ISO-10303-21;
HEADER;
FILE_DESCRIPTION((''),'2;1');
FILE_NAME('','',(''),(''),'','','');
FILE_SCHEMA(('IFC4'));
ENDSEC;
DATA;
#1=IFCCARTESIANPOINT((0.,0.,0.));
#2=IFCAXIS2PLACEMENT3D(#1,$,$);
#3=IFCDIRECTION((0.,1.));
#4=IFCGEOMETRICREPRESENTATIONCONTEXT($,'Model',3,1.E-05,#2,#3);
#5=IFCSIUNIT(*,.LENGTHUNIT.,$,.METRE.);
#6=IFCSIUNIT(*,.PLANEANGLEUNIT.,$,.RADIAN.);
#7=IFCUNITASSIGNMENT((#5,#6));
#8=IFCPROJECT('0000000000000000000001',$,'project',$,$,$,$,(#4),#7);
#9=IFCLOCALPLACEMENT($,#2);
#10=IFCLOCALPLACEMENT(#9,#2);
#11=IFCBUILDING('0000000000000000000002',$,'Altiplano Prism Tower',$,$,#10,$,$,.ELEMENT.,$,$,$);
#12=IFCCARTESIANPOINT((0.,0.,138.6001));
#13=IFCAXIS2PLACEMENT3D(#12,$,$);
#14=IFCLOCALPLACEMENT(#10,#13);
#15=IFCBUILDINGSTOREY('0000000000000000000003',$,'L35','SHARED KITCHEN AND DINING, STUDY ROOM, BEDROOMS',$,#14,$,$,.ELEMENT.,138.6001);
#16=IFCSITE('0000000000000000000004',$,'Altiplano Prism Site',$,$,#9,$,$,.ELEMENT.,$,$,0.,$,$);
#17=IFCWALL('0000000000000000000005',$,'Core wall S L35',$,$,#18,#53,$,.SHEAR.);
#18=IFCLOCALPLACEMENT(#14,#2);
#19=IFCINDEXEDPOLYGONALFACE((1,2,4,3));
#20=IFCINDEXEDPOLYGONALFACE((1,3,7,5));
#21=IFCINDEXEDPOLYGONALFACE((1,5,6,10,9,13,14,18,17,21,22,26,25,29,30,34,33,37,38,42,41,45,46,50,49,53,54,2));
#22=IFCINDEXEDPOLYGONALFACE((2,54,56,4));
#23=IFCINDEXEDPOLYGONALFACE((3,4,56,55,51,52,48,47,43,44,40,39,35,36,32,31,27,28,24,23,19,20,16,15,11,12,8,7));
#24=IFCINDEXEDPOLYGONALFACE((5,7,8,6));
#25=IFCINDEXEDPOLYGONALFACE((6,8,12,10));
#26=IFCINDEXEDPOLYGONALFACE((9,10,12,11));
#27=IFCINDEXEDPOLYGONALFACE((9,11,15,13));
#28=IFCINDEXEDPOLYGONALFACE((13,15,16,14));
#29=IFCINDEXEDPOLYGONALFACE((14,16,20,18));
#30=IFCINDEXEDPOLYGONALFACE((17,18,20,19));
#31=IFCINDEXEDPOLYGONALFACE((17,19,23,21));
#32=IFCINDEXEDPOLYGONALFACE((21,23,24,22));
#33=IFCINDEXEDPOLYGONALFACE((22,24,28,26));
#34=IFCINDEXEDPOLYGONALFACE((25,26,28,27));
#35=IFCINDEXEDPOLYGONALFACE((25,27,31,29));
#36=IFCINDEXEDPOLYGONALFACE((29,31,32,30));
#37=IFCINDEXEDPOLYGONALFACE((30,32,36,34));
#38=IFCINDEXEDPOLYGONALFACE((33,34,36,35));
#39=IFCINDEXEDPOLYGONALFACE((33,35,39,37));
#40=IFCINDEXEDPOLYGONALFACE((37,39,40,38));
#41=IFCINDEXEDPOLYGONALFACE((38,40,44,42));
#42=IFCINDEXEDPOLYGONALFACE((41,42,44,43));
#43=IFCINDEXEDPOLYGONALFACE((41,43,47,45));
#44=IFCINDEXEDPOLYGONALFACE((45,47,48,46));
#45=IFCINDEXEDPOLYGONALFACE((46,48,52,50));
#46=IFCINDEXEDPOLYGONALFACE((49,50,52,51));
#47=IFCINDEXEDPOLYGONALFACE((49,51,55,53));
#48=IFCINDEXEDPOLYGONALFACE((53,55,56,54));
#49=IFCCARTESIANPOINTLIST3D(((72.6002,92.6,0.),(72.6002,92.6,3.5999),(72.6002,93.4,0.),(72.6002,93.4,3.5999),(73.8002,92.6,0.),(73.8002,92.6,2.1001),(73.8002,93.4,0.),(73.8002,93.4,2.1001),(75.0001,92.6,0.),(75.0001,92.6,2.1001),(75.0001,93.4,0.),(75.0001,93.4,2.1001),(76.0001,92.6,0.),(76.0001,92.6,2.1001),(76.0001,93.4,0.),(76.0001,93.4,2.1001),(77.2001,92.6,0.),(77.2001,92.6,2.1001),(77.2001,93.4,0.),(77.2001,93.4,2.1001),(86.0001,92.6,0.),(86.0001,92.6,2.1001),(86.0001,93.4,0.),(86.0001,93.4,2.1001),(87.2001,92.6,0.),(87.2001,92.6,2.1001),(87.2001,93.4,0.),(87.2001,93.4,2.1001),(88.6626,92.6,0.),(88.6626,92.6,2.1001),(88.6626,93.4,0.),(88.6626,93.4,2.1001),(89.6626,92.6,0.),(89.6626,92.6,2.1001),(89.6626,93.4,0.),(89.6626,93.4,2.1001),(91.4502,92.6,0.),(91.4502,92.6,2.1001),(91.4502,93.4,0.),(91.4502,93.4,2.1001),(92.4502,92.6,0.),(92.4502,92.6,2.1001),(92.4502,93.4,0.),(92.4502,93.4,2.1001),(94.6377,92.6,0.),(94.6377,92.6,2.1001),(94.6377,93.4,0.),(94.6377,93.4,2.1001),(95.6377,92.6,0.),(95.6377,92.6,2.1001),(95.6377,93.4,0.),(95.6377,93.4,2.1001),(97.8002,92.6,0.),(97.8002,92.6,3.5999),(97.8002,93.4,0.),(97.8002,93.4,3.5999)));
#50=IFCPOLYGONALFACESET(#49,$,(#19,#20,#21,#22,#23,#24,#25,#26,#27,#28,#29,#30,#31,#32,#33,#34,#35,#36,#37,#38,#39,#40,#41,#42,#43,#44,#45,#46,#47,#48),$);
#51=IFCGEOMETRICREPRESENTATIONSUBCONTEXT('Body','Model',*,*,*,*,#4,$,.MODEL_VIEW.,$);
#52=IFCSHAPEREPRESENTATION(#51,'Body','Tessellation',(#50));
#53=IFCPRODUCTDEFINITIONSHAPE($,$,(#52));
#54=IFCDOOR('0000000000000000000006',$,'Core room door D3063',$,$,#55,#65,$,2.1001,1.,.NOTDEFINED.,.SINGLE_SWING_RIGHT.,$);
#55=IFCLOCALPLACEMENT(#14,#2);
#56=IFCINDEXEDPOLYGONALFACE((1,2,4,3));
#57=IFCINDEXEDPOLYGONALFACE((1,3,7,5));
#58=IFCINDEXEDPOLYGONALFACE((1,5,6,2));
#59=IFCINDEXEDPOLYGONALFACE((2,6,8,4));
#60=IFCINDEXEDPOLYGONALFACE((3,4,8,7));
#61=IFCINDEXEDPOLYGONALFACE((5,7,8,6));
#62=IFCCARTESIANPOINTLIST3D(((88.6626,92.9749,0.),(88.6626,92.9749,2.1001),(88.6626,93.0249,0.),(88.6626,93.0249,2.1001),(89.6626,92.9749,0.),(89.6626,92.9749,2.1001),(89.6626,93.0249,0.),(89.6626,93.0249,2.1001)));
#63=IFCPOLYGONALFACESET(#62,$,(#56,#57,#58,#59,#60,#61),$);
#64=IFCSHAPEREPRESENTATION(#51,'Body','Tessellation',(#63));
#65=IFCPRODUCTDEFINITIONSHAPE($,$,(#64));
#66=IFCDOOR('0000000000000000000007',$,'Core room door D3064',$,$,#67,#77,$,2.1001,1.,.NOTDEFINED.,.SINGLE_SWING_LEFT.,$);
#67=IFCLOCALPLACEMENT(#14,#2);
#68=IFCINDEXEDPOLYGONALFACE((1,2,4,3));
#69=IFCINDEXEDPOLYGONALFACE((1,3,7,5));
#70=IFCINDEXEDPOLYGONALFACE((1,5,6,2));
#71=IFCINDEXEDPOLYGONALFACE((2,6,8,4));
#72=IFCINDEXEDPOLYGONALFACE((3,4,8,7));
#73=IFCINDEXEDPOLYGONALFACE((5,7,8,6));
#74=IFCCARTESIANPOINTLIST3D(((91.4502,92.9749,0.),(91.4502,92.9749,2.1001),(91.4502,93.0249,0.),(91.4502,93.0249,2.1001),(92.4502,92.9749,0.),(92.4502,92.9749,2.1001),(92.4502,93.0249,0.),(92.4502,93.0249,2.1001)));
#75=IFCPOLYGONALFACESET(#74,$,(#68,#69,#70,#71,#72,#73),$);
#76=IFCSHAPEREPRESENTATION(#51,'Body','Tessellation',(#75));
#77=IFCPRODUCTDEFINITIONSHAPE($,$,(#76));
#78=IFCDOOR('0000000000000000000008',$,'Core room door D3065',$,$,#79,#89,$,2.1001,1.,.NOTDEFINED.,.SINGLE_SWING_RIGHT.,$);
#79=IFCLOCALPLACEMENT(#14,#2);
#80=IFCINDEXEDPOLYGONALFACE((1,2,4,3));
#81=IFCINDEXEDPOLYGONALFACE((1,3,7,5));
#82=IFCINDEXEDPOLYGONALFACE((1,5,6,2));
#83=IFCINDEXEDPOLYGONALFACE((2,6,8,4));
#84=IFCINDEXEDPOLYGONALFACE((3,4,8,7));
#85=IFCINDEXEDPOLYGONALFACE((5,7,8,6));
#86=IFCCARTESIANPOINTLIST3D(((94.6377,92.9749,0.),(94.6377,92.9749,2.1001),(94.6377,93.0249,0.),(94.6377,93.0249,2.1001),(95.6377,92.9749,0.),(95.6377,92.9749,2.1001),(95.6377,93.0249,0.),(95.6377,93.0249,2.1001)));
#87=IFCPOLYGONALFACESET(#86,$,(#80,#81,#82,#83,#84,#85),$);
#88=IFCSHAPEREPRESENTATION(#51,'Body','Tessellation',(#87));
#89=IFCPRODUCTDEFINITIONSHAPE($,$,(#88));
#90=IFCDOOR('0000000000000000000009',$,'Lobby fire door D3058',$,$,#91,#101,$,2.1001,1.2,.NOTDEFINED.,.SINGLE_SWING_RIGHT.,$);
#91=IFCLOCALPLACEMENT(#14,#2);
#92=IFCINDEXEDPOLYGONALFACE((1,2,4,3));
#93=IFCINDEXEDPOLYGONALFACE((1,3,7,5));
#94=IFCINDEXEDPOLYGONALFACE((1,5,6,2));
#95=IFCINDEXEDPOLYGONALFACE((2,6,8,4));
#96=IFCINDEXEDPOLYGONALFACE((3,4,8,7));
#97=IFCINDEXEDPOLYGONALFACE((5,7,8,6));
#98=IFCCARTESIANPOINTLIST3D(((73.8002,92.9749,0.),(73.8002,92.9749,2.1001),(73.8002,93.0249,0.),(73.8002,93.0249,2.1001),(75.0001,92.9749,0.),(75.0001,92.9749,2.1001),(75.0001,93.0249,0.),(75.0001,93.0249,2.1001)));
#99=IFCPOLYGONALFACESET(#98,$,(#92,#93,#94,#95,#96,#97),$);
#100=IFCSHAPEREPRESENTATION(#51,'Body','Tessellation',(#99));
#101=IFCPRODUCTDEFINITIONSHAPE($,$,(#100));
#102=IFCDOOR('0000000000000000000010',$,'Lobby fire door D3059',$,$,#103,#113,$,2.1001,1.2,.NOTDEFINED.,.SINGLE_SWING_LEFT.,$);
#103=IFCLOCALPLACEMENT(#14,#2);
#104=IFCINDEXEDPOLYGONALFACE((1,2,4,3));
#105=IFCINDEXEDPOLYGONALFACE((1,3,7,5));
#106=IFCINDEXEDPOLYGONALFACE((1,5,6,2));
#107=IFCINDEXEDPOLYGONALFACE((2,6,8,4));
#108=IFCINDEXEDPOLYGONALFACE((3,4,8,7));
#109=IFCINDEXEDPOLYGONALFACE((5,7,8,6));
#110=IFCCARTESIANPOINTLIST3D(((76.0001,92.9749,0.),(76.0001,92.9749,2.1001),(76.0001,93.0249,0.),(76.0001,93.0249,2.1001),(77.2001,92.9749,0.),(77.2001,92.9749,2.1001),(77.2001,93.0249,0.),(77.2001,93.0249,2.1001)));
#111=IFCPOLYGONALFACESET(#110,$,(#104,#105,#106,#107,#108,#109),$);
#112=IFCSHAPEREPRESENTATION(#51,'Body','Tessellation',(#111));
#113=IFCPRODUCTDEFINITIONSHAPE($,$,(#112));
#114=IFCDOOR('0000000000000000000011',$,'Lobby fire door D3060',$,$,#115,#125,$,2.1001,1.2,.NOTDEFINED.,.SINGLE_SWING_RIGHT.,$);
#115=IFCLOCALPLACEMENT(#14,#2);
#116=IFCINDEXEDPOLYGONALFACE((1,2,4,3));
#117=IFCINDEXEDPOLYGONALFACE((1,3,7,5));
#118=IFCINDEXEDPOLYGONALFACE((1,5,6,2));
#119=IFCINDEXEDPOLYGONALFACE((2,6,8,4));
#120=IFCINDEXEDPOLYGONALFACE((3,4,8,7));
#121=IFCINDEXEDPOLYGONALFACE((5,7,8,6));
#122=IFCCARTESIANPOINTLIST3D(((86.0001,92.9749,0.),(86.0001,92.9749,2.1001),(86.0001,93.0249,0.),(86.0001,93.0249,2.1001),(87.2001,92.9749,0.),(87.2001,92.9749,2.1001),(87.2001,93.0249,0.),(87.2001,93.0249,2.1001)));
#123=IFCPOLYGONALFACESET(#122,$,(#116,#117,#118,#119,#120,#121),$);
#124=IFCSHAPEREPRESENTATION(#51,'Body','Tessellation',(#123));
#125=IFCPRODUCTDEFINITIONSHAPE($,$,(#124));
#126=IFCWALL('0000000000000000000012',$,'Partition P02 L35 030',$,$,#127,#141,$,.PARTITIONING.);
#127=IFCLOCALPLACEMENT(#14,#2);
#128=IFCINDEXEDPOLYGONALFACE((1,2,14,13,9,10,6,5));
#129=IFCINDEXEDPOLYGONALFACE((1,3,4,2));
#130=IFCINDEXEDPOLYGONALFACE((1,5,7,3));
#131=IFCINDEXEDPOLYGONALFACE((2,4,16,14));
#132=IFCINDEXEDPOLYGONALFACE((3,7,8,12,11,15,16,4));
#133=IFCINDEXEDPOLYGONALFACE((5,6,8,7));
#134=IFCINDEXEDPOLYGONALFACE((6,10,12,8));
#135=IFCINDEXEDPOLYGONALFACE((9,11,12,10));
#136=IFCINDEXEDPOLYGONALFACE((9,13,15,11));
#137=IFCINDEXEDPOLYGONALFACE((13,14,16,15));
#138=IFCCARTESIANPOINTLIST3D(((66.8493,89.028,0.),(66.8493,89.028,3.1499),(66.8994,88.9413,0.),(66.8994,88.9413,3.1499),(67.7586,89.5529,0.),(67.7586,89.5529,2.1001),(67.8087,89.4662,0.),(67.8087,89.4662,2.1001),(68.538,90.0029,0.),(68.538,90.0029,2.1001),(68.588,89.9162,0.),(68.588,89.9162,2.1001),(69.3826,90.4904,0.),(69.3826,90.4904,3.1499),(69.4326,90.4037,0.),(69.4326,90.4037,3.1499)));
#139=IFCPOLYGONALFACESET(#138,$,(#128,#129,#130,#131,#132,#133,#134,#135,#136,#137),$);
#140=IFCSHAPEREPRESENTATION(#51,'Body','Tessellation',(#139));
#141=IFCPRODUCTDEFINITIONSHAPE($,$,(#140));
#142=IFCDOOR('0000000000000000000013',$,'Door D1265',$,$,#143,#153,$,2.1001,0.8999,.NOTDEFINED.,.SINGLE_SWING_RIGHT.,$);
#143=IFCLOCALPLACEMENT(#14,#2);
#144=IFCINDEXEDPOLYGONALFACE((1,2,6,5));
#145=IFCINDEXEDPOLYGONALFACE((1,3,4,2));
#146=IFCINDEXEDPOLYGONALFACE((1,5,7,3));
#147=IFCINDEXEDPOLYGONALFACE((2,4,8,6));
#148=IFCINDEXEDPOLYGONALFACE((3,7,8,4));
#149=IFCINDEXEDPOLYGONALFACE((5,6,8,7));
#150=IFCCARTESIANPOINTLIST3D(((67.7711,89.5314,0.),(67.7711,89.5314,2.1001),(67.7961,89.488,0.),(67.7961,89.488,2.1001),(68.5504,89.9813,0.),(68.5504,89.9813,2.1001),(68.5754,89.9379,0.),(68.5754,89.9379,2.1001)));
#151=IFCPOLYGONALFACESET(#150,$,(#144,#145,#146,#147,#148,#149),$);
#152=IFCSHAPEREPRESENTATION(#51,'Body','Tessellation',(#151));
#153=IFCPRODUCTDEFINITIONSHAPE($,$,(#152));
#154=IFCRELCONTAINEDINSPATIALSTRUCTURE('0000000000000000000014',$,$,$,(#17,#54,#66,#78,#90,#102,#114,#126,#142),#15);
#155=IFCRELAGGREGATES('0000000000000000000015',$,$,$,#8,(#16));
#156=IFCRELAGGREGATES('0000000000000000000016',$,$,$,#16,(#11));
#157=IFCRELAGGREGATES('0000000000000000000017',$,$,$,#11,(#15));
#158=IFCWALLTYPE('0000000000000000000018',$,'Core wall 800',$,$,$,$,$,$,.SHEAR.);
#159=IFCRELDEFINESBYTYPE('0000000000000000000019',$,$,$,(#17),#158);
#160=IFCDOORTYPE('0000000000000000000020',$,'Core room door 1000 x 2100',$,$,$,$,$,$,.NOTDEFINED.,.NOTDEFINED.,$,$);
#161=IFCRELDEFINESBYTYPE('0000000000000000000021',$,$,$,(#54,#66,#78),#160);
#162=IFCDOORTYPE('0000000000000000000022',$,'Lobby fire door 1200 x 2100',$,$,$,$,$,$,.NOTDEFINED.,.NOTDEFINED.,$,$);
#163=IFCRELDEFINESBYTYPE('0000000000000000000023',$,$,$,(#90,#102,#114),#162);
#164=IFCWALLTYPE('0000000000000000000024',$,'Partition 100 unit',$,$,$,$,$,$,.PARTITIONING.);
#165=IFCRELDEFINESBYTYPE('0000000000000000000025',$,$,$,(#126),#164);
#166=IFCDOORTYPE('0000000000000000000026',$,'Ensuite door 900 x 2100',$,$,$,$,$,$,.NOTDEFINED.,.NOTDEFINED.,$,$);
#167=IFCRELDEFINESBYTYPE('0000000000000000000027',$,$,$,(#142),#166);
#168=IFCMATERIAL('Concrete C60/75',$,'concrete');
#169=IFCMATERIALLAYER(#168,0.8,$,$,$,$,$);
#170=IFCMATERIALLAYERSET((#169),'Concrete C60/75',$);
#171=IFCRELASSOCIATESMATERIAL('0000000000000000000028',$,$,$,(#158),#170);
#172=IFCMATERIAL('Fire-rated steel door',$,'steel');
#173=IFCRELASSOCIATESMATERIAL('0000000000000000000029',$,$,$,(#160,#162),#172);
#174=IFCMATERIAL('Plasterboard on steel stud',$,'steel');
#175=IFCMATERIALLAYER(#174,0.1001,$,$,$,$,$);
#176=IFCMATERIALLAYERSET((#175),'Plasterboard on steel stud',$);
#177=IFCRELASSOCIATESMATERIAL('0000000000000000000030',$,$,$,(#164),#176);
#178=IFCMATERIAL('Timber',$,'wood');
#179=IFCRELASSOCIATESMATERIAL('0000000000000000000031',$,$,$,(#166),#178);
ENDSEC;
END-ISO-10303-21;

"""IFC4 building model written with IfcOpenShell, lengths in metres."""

from ifc_helpers import new_model, si_unit, direction, frame, frame_2d, origin, place, context, subcontext, project, spatial, rectangle, extrude, material, layer, layer_set, type_object, element, fill, save


model = new_model("IFC4")

# Units and contexts
model_context = context("Model", 3, precision=1e-05, world=origin(), true_north=direction((0.0, 1.0)))
body_context = subcontext(model_context, "Body", "Model", "MODEL_VIEW")
ifc_project = project(units=[si_unit("LENGTHUNIT", "METRE"), si_unit("PLANEANGLEUNIT", "RADIAN")], contexts=[model_context])

# Site, building, storey
site_placement = place(None, origin())
site = spatial("IfcSite", under=ifc_project, at=site_placement, Name="Altiplano Prism Site", CompositionType="ELEMENT", RefElevation=0.0)
building_placement = place(site_placement, origin())
building = spatial("IfcBuilding", under=site, at=building_placement, Name="Altiplano Prism Tower", CompositionType="ELEMENT")
storey_placement = place(building_placement, frame((0.0, 0.0, 138.6001)))
storey = spatial("IfcBuildingStorey", under=building, at=storey_placement, Name="L35", Description="SHARED KITCHEN AND DINING, STUDY ROOM, BEDROOMS", CompositionType="ELEMENT", Elevation=138.6001)

# Shared definitions
ifc_material_1 = material(Name="Concrete C60/75", Category="concrete")

# Wall, openings, doors
ifc_layer_1 = layer(ifc_material_1, 0.8)
ifc_layer_set_1 = layer_set([ifc_layer_1], Name="Concrete C60/75")
wall_type_1 = type_object("IfcWallType", Name="Core wall 800", PredefinedType="SHEAR", material=ifc_layer_set_1)
wall_1_placement = place(storey_placement, frame((72.6001, 93.0, 0.0), z_axis=(0.0, 0.0, 1.0), x_axis=(1.0, 0.0, 0.0)))
wall_1 = element("IfcWall", 1, at=wall_1_placement, inside=storey, type_object=wall_type_1, Name="Core wall S L35", PredefinedType="SHEAR", context=body_context, shape_type="SweptSolid", body=[
    extrude(rectangle(XDim=25.2, YDim=0.8, at=frame_2d((12.6001, 0.0))), origin(), (0.0, 0.0, 1.0), 3.5999),
])
opening_1_placement = place(wall_1_placement, frame((1.2, 0.0, 0.0)))
opening_1 = element("IfcOpeningElement", 2, at=opening_1_placement, cuts=wall_1, PredefinedType="OPENING", context=body_context, shape_type="SweptSolid", body=[
    extrude(rectangle(XDim=1.2, YDim=2.1001, at=frame_2d((0.6001, 1.05))), frame((0.0, 0.4106, 0.0), z_axis=(0.0, -1.0, 0.0), x_axis=(1.0, 0.0, 0.0)), (0.0, 0.0, 1.0), 0.821),
])
opening_2_placement = place(wall_1_placement, frame((3.3999, 0.0, 0.0)))
opening_2 = element("IfcOpeningElement", 3, at=opening_2_placement, cuts=wall_1, PredefinedType="OPENING", context=body_context, shape_type="SweptSolid", body=[
    extrude(rectangle(XDim=1.2, YDim=2.1001, at=frame_2d((0.6001, 1.05))), frame((0.0, 0.4106, 0.0), z_axis=(0.0, -1.0, 0.0), x_axis=(1.0, 0.0, 0.0)), (0.0, 0.0, 1.0), 0.821),
])
opening_3_placement = place(wall_1_placement, frame((13.3999, 0.0, 0.0)))
opening_3 = element("IfcOpeningElement", 4, at=opening_3_placement, cuts=wall_1, PredefinedType="OPENING", context=body_context, shape_type="SweptSolid", body=[
    extrude(rectangle(XDim=1.2, YDim=2.1001, at=frame_2d((0.6001, 1.05))), frame((0.0, 0.4106, 0.0), z_axis=(0.0, -1.0, 0.0), x_axis=(1.0, 0.0, 0.0)), (0.0, 0.0, 1.0), 0.821),
])
opening_4_placement = place(wall_1_placement, frame((16.0625, 0.0, 0.0)))
opening_4 = element("IfcOpeningElement", 5, at=opening_4_placement, cuts=wall_1, PredefinedType="OPENING", context=body_context, shape_type="SweptSolid", body=[
    extrude(rectangle(XDim=1.0, YDim=2.1001, at=frame_2d((0.5, 1.05))), frame((0.0, 0.4106, 0.0), z_axis=(0.0, -1.0, 0.0), x_axis=(1.0, 0.0, 0.0)), (0.0, 0.0, 1.0), 0.821),
])
opening_5_placement = place(wall_1_placement, frame((18.8501, 0.0, 0.0)))
opening_5 = element("IfcOpeningElement", 6, at=opening_5_placement, cuts=wall_1, PredefinedType="OPENING", context=body_context, shape_type="SweptSolid", body=[
    extrude(rectangle(XDim=1.0, YDim=2.1001, at=frame_2d((0.5, 1.05))), frame((0.0, 0.4106, 0.0), z_axis=(0.0, -1.0, 0.0), x_axis=(1.0, 0.0, 0.0)), (0.0, 0.0, 1.0), 0.821),
])
opening_6_placement = place(wall_1_placement, frame((22.0376, 0.0, 0.0)))
opening_6 = element("IfcOpeningElement", 7, at=opening_6_placement, cuts=wall_1, PredefinedType="OPENING", context=body_context, shape_type="SweptSolid", body=[
    extrude(rectangle(XDim=1.0, YDim=2.1001, at=frame_2d((0.5, 1.05))), frame((0.0, 0.4106, 0.0), z_axis=(0.0, -1.0, 0.0), x_axis=(1.0, 0.0, 0.0)), (0.0, 0.0, 1.0), 0.821),
])
ifc_material_2 = material(Name="Fire-rated steel door", Category="steel")
door_type_1 = type_object("IfcDoorType", Name="Core room door 1000 x 2100", OperationType="NOTDEFINED", PredefinedType="NOTDEFINED", material=ifc_material_2)
door_1_placement = place(opening_4_placement, origin())
door_1 = element("IfcDoor", 8, at=door_1_placement, inside=storey, type_object=door_type_1, Name="Core room door D3063", OperationType="SINGLE_SWING_RIGHT", OverallHeight=2.1001, OverallWidth=1.0, PredefinedType="NOTDEFINED", context=body_context, shape_type="SweptSolid", body=[
    extrude(rectangle(XDim=1.0, YDim=2.1001, at=frame_2d((0.5, 1.05))), frame((0.0, 0.0249, 0.0), z_axis=(0.0, -1.0, 0.0), x_axis=(1.0, 0.0, 0.0)), (0.0, 0.0, 1.0), 0.05),
])
fill(opening_4, door_1)
door_2_placement = place(opening_5_placement, origin())
door_2 = element("IfcDoor", 9, at=door_2_placement, inside=storey, type_object=door_type_1, Name="Core room door D3064", OperationType="SINGLE_SWING_LEFT", OverallHeight=2.1001, OverallWidth=1.0, PredefinedType="NOTDEFINED", context=body_context, shape_type="SweptSolid", body=[
    extrude(rectangle(XDim=1.0, YDim=2.1001, at=frame_2d((0.5, 1.05))), frame((0.0, 0.0249, 0.0), z_axis=(0.0, -1.0, 0.0), x_axis=(1.0, 0.0, 0.0)), (0.0, 0.0, 1.0), 0.05),
])
fill(opening_5, door_2)
door_3_placement = place(opening_6_placement, origin())
door_3 = element("IfcDoor", 10, at=door_3_placement, inside=storey, type_object=door_type_1, Name="Core room door D3065", OperationType="SINGLE_SWING_RIGHT", OverallHeight=2.1001, OverallWidth=1.0, PredefinedType="NOTDEFINED", context=body_context, shape_type="SweptSolid", body=[
    extrude(rectangle(XDim=1.0, YDim=2.1001, at=frame_2d((0.5, 1.05))), frame((0.0, 0.0249, 0.0), z_axis=(0.0, -1.0, 0.0), x_axis=(1.0, 0.0, 0.0)), (0.0, 0.0, 1.0), 0.05),
])
fill(opening_6, door_3)
door_type_2 = type_object("IfcDoorType", Name="Lobby fire door 1200 x 2100", OperationType="NOTDEFINED", PredefinedType="NOTDEFINED", material=ifc_material_2)
door_4_placement = place(opening_1_placement, origin())
door_4 = element("IfcDoor", 11, at=door_4_placement, inside=storey, type_object=door_type_2, Name="Lobby fire door D3058", OperationType="SINGLE_SWING_RIGHT", OverallHeight=2.1001, OverallWidth=1.2, PredefinedType="NOTDEFINED", context=body_context, shape_type="SweptSolid", body=[
    extrude(rectangle(XDim=1.2, YDim=2.1001, at=frame_2d((0.6001, 1.05))), frame((0.0, 0.0249, 0.0), z_axis=(0.0, -1.0, 0.0), x_axis=(1.0, 0.0, 0.0)), (0.0, 0.0, 1.0), 0.05),
])
fill(opening_1, door_4)
door_5_placement = place(opening_2_placement, origin())
door_5 = element("IfcDoor", 12, at=door_5_placement, inside=storey, type_object=door_type_2, Name="Lobby fire door D3059", OperationType="SINGLE_SWING_LEFT", OverallHeight=2.1001, OverallWidth=1.2, PredefinedType="NOTDEFINED", context=body_context, shape_type="SweptSolid", body=[
    extrude(rectangle(XDim=1.2, YDim=2.1001, at=frame_2d((0.6001, 1.05))), frame((0.0, 0.0249, 0.0), z_axis=(0.0, -1.0, 0.0), x_axis=(1.0, 0.0, 0.0)), (0.0, 0.0, 1.0), 0.05),
])
fill(opening_2, door_5)
door_6_placement = place(opening_3_placement, origin())
door_6 = element("IfcDoor", 13, at=door_6_placement, inside=storey, type_object=door_type_2, Name="Lobby fire door D3060", OperationType="SINGLE_SWING_RIGHT", OverallHeight=2.1001, OverallWidth=1.2, PredefinedType="NOTDEFINED", context=body_context, shape_type="SweptSolid", body=[
    extrude(rectangle(XDim=1.2, YDim=2.1001, at=frame_2d((0.6001, 1.05))), frame((0.0, 0.0249, 0.0), z_axis=(0.0, -1.0, 0.0), x_axis=(1.0, 0.0, 0.0)), (0.0, 0.0, 1.0), 0.05),
])
fill(opening_3, door_6)

# Wall, opening, door
ifc_material_3 = material(Name="Plasterboard on steel stud", Category="steel")
ifc_layer_2 = layer(ifc_material_3, 0.1001)
ifc_layer_set_2 = layer_set([ifc_layer_2], Name="Plasterboard on steel stud")
wall_type_2 = type_object("IfcWallType", Name="Partition 100 unit", PredefinedType="PARTITIONING", material=ifc_layer_set_2)
wall_2_placement = place(storey_placement, frame((69.4075, 90.447, 0.0), z_axis=(0.0, 0.0, 1.0), x_axis=(-0.866047, -0.499963, 0.0)))
wall_2 = element("IfcWall", 14, at=wall_2_placement, inside=storey, type_object=wall_type_2, Name="Partition P02 L35 030", PredefinedType="PARTITIONING", context=body_context, shape_type="SweptSolid", body=[
    extrude(rectangle(XDim=2.925, YDim=0.1001, at=frame_2d((1.4624, 0.0))), origin(), (0.0, 0.0, 1.0), 3.1499),
])
opening_7_placement = place(wall_2_placement, frame((0.9751, 0.0, 0.0)))
opening_7 = element("IfcOpeningElement", 15, at=opening_7_placement, cuts=wall_2, PredefinedType="OPENING", context=body_context, shape_type="SweptSolid", body=[
    extrude(rectangle(XDim=0.8999, YDim=2.1001, at=frame_2d((0.45, 1.05))), frame((0.0, 0.0605, 0.0), z_axis=(0.0, -1.0, 0.0), x_axis=(1.0, 0.0, 0.0)), (0.0, 0.0, 1.0), 0.1211),
])
ifc_material_4 = material(Name="Timber", Category="wood")
door_type_3 = type_object("IfcDoorType", Name="Ensuite door 900 x 2100", OperationType="NOTDEFINED", PredefinedType="NOTDEFINED", material=ifc_material_4)
door_7_placement = place(opening_7_placement, origin())
door_7 = element("IfcDoor", 16, at=door_7_placement, inside=storey, type_object=door_type_3, Name="Door D1265", OperationType="SINGLE_SWING_RIGHT", OverallHeight=2.1001, OverallWidth=0.8999, PredefinedType="NOTDEFINED", context=body_context, shape_type="SweptSolid", body=[
    extrude(rectangle(XDim=0.8999, YDim=2.1001, at=frame_2d((0.45, 1.05))), frame((0.0, 0.0249, 0.0), z_axis=(0.0, -1.0, 0.0), x_axis=(1.0, 0.0, 0.0)), (0.0, 0.0, 1.0), 0.05),
])
fill(opening_7, door_7)

save(model, "model.ifc")
